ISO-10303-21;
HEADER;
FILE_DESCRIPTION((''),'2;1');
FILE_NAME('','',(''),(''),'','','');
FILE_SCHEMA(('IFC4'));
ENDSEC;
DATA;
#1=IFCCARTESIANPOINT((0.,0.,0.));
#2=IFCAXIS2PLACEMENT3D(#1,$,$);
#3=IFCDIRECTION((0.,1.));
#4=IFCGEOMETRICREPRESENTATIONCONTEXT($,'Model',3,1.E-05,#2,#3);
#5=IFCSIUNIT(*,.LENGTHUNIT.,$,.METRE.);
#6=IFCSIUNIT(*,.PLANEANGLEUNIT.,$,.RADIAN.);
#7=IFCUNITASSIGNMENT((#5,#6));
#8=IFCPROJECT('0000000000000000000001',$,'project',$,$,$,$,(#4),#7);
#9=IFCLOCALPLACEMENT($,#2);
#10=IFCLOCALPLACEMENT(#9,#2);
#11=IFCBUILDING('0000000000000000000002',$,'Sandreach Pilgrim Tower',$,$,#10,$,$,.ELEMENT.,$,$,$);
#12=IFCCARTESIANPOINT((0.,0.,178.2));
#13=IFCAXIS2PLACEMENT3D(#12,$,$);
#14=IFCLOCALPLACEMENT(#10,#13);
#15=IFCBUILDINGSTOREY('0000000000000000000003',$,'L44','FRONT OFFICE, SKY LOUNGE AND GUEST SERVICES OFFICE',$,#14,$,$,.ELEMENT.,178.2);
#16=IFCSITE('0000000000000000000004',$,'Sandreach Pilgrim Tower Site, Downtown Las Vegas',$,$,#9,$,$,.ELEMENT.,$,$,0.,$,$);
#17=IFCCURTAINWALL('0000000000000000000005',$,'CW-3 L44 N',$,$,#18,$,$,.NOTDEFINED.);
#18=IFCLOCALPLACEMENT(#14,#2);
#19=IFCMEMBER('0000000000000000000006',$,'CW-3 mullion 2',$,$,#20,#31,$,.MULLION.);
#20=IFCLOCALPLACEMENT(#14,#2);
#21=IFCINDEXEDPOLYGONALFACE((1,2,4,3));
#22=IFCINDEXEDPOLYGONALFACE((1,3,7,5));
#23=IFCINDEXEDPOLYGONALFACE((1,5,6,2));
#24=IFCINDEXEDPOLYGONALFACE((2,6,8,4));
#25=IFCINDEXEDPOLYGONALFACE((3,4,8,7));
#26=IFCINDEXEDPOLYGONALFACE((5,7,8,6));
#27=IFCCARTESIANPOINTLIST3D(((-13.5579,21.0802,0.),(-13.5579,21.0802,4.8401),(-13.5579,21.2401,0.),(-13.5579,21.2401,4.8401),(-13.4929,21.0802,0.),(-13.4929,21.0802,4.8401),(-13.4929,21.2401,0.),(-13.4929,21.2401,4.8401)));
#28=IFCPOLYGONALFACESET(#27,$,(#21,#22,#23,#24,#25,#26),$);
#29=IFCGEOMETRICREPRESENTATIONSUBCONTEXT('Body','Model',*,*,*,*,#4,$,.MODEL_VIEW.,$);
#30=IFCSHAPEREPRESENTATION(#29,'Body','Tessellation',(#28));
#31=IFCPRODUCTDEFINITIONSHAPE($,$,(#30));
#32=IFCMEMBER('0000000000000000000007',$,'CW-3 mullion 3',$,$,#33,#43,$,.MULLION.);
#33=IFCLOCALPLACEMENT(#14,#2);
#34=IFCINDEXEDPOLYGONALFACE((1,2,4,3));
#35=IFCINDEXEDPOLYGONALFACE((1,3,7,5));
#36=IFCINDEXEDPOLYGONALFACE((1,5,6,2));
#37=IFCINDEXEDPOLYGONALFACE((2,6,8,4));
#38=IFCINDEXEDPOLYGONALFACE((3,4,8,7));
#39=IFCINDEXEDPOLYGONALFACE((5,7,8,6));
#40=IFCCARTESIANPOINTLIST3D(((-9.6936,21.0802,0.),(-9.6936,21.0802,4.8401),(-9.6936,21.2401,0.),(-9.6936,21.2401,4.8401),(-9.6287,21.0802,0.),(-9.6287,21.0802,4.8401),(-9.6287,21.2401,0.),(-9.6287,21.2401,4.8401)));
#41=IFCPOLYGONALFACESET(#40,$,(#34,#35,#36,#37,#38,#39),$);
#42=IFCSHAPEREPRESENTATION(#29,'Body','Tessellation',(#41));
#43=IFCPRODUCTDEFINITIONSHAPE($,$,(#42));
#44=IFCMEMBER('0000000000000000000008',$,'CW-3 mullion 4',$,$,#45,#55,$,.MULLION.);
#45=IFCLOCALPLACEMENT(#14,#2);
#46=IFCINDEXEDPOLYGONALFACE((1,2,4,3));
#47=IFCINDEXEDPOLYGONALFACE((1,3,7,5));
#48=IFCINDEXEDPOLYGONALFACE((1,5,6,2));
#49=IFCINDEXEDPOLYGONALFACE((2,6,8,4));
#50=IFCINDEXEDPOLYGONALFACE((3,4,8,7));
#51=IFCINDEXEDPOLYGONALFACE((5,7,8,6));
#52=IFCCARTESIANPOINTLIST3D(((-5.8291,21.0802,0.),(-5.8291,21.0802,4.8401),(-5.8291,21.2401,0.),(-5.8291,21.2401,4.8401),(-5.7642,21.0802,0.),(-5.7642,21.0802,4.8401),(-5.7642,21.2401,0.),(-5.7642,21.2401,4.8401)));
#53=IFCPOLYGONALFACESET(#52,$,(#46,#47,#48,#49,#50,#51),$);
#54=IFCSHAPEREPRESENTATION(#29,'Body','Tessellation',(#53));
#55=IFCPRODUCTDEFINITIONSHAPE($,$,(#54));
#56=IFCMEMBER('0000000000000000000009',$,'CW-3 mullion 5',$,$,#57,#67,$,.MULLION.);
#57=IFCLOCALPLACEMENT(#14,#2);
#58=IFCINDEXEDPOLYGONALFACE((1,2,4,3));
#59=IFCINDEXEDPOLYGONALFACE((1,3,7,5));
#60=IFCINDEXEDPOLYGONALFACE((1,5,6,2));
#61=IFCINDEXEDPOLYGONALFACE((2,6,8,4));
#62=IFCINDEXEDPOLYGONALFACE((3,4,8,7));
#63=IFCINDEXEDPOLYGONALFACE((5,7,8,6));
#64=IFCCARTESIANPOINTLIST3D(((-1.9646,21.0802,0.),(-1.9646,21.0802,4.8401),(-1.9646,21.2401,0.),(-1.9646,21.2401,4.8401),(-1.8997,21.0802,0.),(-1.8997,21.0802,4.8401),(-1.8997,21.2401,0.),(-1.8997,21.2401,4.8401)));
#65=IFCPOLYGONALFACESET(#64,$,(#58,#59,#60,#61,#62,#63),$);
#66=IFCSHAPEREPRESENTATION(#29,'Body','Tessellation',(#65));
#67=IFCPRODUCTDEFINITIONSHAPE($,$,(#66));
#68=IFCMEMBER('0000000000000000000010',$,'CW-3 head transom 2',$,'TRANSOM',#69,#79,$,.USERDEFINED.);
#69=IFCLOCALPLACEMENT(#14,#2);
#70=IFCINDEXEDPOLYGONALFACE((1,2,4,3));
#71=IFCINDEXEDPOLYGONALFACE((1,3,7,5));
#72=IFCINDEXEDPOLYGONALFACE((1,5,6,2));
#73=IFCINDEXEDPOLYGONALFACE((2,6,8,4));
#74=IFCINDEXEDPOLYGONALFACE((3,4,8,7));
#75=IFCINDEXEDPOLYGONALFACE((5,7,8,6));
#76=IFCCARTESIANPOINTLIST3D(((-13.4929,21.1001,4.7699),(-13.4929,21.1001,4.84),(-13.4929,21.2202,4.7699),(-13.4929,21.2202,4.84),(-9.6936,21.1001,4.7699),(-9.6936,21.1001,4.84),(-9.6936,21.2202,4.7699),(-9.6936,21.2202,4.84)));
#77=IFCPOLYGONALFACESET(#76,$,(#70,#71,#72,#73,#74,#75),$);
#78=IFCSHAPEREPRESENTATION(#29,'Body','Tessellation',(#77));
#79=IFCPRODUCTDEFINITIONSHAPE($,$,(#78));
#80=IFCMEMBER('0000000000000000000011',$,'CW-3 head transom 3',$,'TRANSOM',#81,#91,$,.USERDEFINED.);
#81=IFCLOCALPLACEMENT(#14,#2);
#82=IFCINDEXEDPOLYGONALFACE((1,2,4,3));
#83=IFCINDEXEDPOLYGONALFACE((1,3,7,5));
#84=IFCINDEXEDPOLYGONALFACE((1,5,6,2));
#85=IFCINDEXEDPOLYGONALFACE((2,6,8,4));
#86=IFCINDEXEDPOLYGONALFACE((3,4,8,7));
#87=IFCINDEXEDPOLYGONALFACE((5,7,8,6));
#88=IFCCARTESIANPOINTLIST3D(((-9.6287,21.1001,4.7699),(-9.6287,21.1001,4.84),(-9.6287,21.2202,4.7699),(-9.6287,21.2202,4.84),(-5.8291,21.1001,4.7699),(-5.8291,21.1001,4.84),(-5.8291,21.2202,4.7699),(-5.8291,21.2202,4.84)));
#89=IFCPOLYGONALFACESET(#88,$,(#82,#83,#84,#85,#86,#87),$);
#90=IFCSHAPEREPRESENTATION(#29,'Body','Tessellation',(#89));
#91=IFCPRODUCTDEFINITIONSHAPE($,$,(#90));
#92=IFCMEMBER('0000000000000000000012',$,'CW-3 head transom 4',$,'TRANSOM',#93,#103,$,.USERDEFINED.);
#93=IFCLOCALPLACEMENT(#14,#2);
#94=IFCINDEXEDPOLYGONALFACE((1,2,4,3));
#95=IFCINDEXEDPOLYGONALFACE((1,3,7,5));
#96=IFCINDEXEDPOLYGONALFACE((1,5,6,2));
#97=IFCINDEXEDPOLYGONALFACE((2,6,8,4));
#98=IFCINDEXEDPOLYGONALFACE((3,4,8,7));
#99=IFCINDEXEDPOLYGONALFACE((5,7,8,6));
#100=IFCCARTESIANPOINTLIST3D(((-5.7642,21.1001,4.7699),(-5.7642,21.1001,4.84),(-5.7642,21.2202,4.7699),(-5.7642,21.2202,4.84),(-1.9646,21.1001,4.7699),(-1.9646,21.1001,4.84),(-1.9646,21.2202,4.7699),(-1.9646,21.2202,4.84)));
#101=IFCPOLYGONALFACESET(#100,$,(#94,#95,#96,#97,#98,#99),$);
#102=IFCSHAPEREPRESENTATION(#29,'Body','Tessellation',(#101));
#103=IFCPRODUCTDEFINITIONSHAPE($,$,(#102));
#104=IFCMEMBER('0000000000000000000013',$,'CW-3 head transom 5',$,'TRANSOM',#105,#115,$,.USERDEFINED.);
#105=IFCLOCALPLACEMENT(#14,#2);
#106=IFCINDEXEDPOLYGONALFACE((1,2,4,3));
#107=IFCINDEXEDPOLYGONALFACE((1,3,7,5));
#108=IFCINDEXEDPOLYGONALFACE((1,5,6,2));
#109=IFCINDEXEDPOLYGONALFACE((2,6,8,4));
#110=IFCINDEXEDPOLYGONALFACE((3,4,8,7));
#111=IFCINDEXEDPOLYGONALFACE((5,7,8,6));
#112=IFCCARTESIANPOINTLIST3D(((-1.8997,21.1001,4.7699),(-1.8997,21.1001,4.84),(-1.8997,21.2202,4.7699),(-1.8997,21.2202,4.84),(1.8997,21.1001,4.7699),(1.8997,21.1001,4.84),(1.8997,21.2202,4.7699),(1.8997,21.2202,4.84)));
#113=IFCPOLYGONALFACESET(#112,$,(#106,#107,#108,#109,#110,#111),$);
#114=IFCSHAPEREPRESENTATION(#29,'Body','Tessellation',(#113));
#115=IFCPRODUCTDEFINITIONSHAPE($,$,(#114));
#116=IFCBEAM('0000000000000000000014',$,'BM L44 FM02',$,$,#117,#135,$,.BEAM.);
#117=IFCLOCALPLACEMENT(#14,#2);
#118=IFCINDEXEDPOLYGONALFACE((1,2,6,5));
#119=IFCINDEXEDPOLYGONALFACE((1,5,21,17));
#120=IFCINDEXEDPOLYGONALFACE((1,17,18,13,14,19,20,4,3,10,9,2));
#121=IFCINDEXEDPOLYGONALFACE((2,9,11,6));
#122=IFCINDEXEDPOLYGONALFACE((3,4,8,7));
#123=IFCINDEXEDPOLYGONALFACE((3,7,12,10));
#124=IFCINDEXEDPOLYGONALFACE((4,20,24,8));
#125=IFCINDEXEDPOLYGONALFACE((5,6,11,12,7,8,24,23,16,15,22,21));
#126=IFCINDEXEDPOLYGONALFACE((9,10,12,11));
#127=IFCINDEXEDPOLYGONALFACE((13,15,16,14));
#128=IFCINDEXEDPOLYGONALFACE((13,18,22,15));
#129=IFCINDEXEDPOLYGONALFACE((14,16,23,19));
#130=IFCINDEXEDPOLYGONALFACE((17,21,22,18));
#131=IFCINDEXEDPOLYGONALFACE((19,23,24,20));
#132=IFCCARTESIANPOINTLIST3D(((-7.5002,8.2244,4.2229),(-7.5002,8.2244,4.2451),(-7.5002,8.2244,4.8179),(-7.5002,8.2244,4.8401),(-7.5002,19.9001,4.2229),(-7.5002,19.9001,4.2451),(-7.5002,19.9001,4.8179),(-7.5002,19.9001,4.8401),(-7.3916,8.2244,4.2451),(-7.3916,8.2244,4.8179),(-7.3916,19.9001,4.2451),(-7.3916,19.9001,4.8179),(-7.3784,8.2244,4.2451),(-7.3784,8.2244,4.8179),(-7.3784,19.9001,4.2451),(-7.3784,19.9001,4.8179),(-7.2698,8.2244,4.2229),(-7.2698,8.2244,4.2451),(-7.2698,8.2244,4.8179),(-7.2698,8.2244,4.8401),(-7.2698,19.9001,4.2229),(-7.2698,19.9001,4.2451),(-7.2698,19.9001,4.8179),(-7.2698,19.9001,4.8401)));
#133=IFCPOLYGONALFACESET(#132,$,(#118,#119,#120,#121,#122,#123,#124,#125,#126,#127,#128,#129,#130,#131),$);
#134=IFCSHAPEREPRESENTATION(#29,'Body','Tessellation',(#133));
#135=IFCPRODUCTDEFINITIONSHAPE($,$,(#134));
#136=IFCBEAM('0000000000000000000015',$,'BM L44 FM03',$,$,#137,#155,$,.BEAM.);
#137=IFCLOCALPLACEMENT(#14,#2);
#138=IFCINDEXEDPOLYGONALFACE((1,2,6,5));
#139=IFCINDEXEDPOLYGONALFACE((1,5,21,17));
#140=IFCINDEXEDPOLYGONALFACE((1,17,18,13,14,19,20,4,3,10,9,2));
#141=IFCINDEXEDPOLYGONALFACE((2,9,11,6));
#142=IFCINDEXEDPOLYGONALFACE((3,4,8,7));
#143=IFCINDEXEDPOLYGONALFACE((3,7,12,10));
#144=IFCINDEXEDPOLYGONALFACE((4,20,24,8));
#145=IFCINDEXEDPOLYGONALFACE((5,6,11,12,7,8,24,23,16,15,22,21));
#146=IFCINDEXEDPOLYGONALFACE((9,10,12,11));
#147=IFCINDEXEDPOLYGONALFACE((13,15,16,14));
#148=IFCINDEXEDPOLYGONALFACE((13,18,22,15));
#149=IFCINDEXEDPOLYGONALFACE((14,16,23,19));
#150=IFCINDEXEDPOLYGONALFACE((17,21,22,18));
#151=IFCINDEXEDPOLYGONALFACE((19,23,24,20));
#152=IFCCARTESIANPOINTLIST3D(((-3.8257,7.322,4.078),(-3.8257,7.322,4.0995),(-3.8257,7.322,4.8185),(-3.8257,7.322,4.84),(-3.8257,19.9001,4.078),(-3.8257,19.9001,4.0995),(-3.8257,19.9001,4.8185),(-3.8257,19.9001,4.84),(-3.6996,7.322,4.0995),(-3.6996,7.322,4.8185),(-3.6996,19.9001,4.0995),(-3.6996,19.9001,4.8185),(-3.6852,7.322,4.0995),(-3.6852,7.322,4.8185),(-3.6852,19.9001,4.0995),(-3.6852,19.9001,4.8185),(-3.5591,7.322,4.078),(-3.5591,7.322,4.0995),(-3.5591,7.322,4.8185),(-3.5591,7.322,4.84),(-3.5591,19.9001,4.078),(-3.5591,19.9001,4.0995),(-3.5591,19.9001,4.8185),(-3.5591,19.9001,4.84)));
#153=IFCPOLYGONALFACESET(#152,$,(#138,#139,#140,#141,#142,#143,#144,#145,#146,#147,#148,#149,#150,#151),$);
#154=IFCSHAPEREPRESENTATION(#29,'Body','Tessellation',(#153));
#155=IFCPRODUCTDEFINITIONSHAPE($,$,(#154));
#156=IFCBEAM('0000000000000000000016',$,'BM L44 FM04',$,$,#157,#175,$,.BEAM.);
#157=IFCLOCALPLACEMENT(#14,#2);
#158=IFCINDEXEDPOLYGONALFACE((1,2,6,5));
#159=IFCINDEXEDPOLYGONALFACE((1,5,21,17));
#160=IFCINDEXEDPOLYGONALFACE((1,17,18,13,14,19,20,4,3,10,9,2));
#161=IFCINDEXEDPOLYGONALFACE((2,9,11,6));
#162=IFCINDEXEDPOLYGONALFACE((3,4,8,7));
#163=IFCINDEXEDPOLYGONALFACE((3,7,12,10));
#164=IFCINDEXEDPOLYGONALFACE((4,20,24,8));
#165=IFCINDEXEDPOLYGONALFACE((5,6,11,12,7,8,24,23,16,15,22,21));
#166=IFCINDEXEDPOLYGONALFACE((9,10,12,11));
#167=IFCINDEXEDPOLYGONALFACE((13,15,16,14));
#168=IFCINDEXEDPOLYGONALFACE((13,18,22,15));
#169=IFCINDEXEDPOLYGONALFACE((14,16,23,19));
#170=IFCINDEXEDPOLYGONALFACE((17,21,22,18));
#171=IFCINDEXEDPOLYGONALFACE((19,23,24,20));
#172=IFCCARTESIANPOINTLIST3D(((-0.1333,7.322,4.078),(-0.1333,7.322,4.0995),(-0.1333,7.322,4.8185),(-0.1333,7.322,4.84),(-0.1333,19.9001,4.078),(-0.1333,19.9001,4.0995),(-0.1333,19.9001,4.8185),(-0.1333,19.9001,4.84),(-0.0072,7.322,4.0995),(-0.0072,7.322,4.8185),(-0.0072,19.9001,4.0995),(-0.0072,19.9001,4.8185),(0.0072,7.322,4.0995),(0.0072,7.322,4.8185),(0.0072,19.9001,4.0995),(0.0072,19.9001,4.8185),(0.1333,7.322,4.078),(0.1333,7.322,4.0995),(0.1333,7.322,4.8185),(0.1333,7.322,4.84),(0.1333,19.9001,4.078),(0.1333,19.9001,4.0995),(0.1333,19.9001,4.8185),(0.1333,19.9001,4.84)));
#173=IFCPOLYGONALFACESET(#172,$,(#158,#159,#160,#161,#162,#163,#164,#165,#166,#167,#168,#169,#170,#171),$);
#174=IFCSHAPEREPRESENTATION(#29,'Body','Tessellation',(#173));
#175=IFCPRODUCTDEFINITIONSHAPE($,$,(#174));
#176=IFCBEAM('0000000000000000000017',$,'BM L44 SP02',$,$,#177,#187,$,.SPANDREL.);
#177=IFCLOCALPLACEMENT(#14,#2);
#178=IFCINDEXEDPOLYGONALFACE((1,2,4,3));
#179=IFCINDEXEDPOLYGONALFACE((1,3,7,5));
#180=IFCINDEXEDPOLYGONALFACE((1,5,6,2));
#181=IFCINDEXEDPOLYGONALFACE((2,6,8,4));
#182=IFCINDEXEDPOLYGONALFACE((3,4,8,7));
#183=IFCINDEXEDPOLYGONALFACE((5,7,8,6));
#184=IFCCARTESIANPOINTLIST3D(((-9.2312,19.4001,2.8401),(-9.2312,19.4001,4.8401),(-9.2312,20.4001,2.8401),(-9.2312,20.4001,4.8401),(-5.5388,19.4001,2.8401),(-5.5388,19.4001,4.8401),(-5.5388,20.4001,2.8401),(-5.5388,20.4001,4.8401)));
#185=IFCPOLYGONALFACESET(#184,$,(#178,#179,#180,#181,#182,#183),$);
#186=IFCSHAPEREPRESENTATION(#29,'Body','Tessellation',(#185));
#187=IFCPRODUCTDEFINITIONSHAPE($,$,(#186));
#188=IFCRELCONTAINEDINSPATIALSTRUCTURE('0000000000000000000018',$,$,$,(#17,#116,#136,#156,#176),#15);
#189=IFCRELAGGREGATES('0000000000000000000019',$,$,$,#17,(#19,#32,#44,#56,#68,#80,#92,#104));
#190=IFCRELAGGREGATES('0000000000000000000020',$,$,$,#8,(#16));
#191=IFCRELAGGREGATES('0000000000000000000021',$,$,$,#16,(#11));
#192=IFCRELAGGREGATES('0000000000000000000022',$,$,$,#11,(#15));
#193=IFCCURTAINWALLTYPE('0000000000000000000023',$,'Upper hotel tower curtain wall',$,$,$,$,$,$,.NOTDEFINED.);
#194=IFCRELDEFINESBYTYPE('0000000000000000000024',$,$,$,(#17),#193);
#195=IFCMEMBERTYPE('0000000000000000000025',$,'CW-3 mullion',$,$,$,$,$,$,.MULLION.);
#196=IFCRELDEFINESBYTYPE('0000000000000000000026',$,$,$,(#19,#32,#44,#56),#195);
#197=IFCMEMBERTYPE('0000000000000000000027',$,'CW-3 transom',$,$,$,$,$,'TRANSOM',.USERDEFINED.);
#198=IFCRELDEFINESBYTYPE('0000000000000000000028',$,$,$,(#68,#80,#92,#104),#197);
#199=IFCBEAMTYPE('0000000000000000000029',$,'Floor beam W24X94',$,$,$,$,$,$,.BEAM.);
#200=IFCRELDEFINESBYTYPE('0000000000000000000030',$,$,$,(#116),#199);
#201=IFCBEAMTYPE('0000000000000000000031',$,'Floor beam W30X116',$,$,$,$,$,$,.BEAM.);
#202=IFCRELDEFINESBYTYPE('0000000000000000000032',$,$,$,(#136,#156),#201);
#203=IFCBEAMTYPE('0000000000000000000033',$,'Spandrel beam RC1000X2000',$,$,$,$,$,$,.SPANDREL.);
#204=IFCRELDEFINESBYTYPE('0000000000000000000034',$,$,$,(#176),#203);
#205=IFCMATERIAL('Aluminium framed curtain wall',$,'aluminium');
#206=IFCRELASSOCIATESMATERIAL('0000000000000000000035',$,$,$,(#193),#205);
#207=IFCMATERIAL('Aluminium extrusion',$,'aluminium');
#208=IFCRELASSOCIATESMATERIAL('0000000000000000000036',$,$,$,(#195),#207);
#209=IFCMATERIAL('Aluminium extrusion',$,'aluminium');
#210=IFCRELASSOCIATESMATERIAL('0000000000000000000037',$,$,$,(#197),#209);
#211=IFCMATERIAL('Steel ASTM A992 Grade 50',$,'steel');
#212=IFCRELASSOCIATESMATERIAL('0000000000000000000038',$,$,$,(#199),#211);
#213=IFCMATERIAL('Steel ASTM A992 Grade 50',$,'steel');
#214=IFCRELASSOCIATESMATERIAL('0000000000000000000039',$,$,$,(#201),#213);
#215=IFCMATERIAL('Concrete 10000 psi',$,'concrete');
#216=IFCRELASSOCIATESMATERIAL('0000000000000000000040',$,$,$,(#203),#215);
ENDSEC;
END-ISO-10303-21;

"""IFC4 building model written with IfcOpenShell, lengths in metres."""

from ifc_helpers import new_model, si_unit, direction, frame, origin, origin_2d, place, context, subcontext, project, spatial, rectangle, i_section, extrude, material, material_profile, profile_set, type_object, element, aggregate, save


model = new_model("IFC4")

# Units and contexts
model_context = context("Model", 3, precision=1e-05, world=origin(), true_north=direction((0.0, 1.0)))
body_context = subcontext(model_context, "Body", "Model", "MODEL_VIEW")
ifc_project = project(units=[si_unit("LENGTHUNIT", "METRE"), si_unit("PLANEANGLEUNIT", "RADIAN")], contexts=[model_context])

# Site, building, storey
site_placement = place(None, origin())
site = spatial("IfcSite", under=ifc_project, at=site_placement, Name="Sandreach Pilgrim Tower Site, Downtown Las Vegas", CompositionType="ELEMENT", RefElevation=0.0)
building_placement = place(site_placement, origin())
building = spatial("IfcBuilding", under=site, at=building_placement, Name="Sandreach Pilgrim Tower", CompositionType="ELEMENT")
storey_placement = place(building_placement, frame((0.0, 0.0, 178.2)))
storey = spatial("IfcBuildingStorey", under=building, at=storey_placement, Name="L44", Description="FRONT OFFICE, SKY LOUNGE AND GUEST SERVICES OFFICE", CompositionType="ELEMENT", Elevation=178.2)

# Curtain wall, members
ifc_material_1 = material(Name="Aluminium framed curtain wall", Category="aluminium")
curtain_wall_type = type_object("IfcCurtainWallType", Name="Upper hotel tower curtain wall", PredefinedType="NOTDEFINED", material=ifc_material_1)
curtain_wall_placement = place(storey_placement, origin())
curtain_wall = element("IfcCurtainWall", 1, at=curtain_wall_placement, inside=storey, type_object=curtain_wall_type, Name="CW-3 L44 N", PredefinedType="NOTDEFINED")
ifc_material_2 = material(Name="Aluminium extrusion", Category="aluminium")
ifc_material_profile_1 = material_profile(ifc_material_2, rectangle(XDim=0.0649, YDim=0.1599, at=origin_2d()), Name="CW-3M 65X160")
ifc_profile_set_1 = profile_set([ifc_material_profile_1], Name="Aluminium extrusion")
member_type_1 = type_object("IfcMemberType", Name="CW-3 mullion", PredefinedType="MULLION", material=ifc_profile_set_1)
member_1_placement = place(storey_placement, frame((-13.5254, 21.1602, 0.0), z_axis=(0.0, 0.0, 1.0), x_axis=(1.0, 0.0, 0.0)))
member_1 = element("IfcMember", 2, at=member_1_placement, type_object=member_type_1, Name="CW-3 mullion 2", PredefinedType="MULLION", context=body_context, shape_type="SweptSolid", body=[
    extrude(rectangle(XDim=0.0649, YDim=0.1599, at=origin_2d()), origin(), (0.0, 0.0, 1.0), 4.8401),
])
member_2_placement = place(storey_placement, frame((-9.6611, 21.1602, 0.0), z_axis=(0.0, 0.0, 1.0), x_axis=(1.0, 0.0, 0.0)))
member_2 = element("IfcMember", 3, at=member_2_placement, type_object=member_type_1, Name="CW-3 mullion 3", PredefinedType="MULLION", context=body_context, shape_type="SweptSolid", body=[
    extrude(rectangle(XDim=0.0649, YDim=0.1599, at=origin_2d()), origin(), (0.0, 0.0, 1.0), 4.8401),
])
member_3_placement = place(storey_placement, frame((-5.7966, 21.1602, 0.0), z_axis=(0.0, 0.0, 1.0), x_axis=(1.0, 0.0, 0.0)))
member_3 = element("IfcMember", 4, at=member_3_placement, type_object=member_type_1, Name="CW-3 mullion 4", PredefinedType="MULLION", context=body_context, shape_type="SweptSolid", body=[
    extrude(rectangle(XDim=0.0649, YDim=0.1599, at=origin_2d()), origin(), (0.0, 0.0, 1.0), 4.8401),
])
member_4_placement = place(storey_placement, frame((-1.9321, 21.1602, 0.0), z_axis=(0.0, 0.0, 1.0), x_axis=(1.0, 0.0, 0.0)))
member_4 = element("IfcMember", 5, at=member_4_placement, type_object=member_type_1, Name="CW-3 mullion 5", PredefinedType="MULLION", context=body_context, shape_type="SweptSolid", body=[
    extrude(rectangle(XDim=0.0649, YDim=0.1599, at=origin_2d()), origin(), (0.0, 0.0, 1.0), 4.8401),
])
ifc_material_3 = material(Name="Aluminium extrusion", Category="aluminium")
ifc_material_profile_2 = material_profile(ifc_material_3, rectangle(XDim=0.1201, YDim=0.0701, at=origin_2d()), Name="CW-3T 120X70")
ifc_profile_set_2 = profile_set([ifc_material_profile_2], Name="Aluminium extrusion")
member_type_2 = type_object("IfcMemberType", Name="CW-3 transom", ElementType="TRANSOM", PredefinedType="USERDEFINED", material=ifc_profile_set_2)
member_5_placement = place(storey_placement, frame((-13.4929, 21.1602, 4.8049), z_axis=(1.0, 0.0, 0.0), x_axis=(0.0, 1.0, 0.0)))
member_5 = element("IfcMember", 6, at=member_5_placement, type_object=member_type_2, Name="CW-3 head transom 2", ObjectType="TRANSOM", PredefinedType="USERDEFINED", context=body_context, shape_type="SweptSolid", body=[
    extrude(rectangle(XDim=0.1201, YDim=0.0701, at=origin_2d()), origin(), (0.0, 0.0, 1.0), 3.7993),
])
member_6_placement = place(storey_placement, frame((-9.6287, 21.1602, 4.8049), z_axis=(1.0, 0.0, 0.0), x_axis=(0.0, 1.0, 0.0)))
member_6 = element("IfcMember", 7, at=member_6_placement, type_object=member_type_2, Name="CW-3 head transom 3", ObjectType="TRANSOM", PredefinedType="USERDEFINED", context=body_context, shape_type="SweptSolid", body=[
    extrude(rectangle(XDim=0.1201, YDim=0.0701, at=origin_2d()), origin(), (0.0, 0.0, 1.0), 3.7996),
])
member_7_placement = place(storey_placement, frame((-5.7642, 21.1602, 4.8049), z_axis=(1.0, 0.0, 0.0), x_axis=(0.0, 1.0, 0.0)))
member_7 = element("IfcMember", 8, at=member_7_placement, type_object=member_type_2, Name="CW-3 head transom 4", ObjectType="TRANSOM", PredefinedType="USERDEFINED", context=body_context, shape_type="SweptSolid", body=[
    extrude(rectangle(XDim=0.1201, YDim=0.0701, at=origin_2d()), origin(), (0.0, 0.0, 1.0), 3.7996),
])
member_8_placement = place(storey_placement, frame((-1.8997, 21.1602, 4.8049), z_axis=(1.0, 0.0, 0.0), x_axis=(0.0, 1.0, 0.0)))
member_8 = element("IfcMember", 9, at=member_8_placement, type_object=member_type_2, Name="CW-3 head transom 5", ObjectType="TRANSOM", PredefinedType="USERDEFINED", context=body_context, shape_type="SweptSolid", body=[
    extrude(rectangle(XDim=0.1201, YDim=0.0701, at=origin_2d()), origin(), (0.0, 0.0, 1.0), 3.7993),
])

# Beams
ifc_material_4 = material(Name="Steel ASTM A992 Grade 50", Category="steel")
ifc_material_profile_3 = material_profile(ifc_material_4, i_section(OverallWidth=0.2305, OverallDepth=0.6172, WebThickness=0.0132, FlangeThickness=0.0222, at=origin_2d()), Name="W24X94")
ifc_profile_set_3 = profile_set([ifc_material_profile_3], Name="Steel ASTM A992 Grade 50")
beam_type_1 = type_object("IfcBeamType", Name="Floor beam W24X94", PredefinedType="BEAM", material=ifc_profile_set_3)
beam_1_placement = place(storey_placement, frame((-7.385, 19.9001, 4.5315), z_axis=(0.0, -1.0, 0.0), x_axis=(1.0, 0.0, 0.0)))
element("IfcBeam", 10, at=beam_1_placement, inside=storey, type_object=beam_type_1, Name="BM L44 FM02", PredefinedType="BEAM", context=body_context, shape_type="SweptSolid", body=[
    extrude(i_section(OverallWidth=0.2305, OverallDepth=0.6172, WebThickness=0.0132, FlangeThickness=0.0222, at=origin_2d()), origin(), (0.0, 0.0, 1.0), 11.6758),
])
ifc_material_5 = material(Name="Steel ASTM A992 Grade 50", Category="steel")
ifc_material_profile_4 = material_profile(ifc_material_5, i_section(OverallWidth=0.2666, OverallDepth=0.762, WebThickness=0.0144, FlangeThickness=0.0215, at=origin_2d()), Name="W30X116")
ifc_profile_set_4 = profile_set([ifc_material_profile_4], Name="Steel ASTM A992 Grade 50")
beam_type_2 = type_object("IfcBeamType", Name="Floor beam W30X116", PredefinedType="BEAM", material=ifc_profile_set_4)
for number, where, z_axis, x_axis, name in (
    (11, (-3.6924, 19.9001, 4.459), (0.0, -1.0, 0.0), (1.0, 0.0, 0.0), "BM L44 FM03"),
    (12, (0.0, 19.9001, 4.459), (0.0, -1.0, 0.0), (1.0, 0.0, 0.0), "BM L44 FM04"),
):
    element("IfcBeam", number, at=place(storey_placement, frame(where, z_axis=z_axis, x_axis=x_axis)), inside=storey, type_object=beam_type_2, Name=name, PredefinedType="BEAM", context=body_context, shape_type="SweptSolid", body=[
        extrude(i_section(OverallWidth=0.2666, OverallDepth=0.762, WebThickness=0.0144, FlangeThickness=0.0215, at=origin_2d()), origin(), (0.0, 0.0, 1.0), 12.5781),
    ])
ifc_material_6 = material(Name="Concrete 10000 psi", Category="concrete")
ifc_material_profile_5 = material_profile(ifc_material_6, rectangle(XDim=1.0, YDim=2.0, at=origin_2d()), Name="RC1000X2000")
ifc_profile_set_5 = profile_set([ifc_material_profile_5], Name="Concrete 10000 psi")
beam_type_3 = type_object("IfcBeamType", Name="Spandrel beam RC1000X2000", PredefinedType="SPANDREL", material=ifc_profile_set_5)
beam_2_placement = place(storey_placement, frame((-9.2312, 19.9001, 3.8401), z_axis=(1.0, 0.0, 0.0), x_axis=(0.0, 1.0, 0.0)))
element("IfcBeam", 13, at=beam_2_placement, inside=storey, type_object=beam_type_3, Name="BM L44 SP02", PredefinedType="SPANDREL", context=body_context, shape_type="SweptSolid", body=[
    extrude(rectangle(XDim=1.0, YDim=2.0, at=origin_2d()), origin(), (0.0, 0.0, 1.0), 3.6924),
])

aggregate(curtain_wall, [member_1, member_2, member_3, member_4, member_5, member_6, member_7, member_8])

save(model, "model.ifc")
